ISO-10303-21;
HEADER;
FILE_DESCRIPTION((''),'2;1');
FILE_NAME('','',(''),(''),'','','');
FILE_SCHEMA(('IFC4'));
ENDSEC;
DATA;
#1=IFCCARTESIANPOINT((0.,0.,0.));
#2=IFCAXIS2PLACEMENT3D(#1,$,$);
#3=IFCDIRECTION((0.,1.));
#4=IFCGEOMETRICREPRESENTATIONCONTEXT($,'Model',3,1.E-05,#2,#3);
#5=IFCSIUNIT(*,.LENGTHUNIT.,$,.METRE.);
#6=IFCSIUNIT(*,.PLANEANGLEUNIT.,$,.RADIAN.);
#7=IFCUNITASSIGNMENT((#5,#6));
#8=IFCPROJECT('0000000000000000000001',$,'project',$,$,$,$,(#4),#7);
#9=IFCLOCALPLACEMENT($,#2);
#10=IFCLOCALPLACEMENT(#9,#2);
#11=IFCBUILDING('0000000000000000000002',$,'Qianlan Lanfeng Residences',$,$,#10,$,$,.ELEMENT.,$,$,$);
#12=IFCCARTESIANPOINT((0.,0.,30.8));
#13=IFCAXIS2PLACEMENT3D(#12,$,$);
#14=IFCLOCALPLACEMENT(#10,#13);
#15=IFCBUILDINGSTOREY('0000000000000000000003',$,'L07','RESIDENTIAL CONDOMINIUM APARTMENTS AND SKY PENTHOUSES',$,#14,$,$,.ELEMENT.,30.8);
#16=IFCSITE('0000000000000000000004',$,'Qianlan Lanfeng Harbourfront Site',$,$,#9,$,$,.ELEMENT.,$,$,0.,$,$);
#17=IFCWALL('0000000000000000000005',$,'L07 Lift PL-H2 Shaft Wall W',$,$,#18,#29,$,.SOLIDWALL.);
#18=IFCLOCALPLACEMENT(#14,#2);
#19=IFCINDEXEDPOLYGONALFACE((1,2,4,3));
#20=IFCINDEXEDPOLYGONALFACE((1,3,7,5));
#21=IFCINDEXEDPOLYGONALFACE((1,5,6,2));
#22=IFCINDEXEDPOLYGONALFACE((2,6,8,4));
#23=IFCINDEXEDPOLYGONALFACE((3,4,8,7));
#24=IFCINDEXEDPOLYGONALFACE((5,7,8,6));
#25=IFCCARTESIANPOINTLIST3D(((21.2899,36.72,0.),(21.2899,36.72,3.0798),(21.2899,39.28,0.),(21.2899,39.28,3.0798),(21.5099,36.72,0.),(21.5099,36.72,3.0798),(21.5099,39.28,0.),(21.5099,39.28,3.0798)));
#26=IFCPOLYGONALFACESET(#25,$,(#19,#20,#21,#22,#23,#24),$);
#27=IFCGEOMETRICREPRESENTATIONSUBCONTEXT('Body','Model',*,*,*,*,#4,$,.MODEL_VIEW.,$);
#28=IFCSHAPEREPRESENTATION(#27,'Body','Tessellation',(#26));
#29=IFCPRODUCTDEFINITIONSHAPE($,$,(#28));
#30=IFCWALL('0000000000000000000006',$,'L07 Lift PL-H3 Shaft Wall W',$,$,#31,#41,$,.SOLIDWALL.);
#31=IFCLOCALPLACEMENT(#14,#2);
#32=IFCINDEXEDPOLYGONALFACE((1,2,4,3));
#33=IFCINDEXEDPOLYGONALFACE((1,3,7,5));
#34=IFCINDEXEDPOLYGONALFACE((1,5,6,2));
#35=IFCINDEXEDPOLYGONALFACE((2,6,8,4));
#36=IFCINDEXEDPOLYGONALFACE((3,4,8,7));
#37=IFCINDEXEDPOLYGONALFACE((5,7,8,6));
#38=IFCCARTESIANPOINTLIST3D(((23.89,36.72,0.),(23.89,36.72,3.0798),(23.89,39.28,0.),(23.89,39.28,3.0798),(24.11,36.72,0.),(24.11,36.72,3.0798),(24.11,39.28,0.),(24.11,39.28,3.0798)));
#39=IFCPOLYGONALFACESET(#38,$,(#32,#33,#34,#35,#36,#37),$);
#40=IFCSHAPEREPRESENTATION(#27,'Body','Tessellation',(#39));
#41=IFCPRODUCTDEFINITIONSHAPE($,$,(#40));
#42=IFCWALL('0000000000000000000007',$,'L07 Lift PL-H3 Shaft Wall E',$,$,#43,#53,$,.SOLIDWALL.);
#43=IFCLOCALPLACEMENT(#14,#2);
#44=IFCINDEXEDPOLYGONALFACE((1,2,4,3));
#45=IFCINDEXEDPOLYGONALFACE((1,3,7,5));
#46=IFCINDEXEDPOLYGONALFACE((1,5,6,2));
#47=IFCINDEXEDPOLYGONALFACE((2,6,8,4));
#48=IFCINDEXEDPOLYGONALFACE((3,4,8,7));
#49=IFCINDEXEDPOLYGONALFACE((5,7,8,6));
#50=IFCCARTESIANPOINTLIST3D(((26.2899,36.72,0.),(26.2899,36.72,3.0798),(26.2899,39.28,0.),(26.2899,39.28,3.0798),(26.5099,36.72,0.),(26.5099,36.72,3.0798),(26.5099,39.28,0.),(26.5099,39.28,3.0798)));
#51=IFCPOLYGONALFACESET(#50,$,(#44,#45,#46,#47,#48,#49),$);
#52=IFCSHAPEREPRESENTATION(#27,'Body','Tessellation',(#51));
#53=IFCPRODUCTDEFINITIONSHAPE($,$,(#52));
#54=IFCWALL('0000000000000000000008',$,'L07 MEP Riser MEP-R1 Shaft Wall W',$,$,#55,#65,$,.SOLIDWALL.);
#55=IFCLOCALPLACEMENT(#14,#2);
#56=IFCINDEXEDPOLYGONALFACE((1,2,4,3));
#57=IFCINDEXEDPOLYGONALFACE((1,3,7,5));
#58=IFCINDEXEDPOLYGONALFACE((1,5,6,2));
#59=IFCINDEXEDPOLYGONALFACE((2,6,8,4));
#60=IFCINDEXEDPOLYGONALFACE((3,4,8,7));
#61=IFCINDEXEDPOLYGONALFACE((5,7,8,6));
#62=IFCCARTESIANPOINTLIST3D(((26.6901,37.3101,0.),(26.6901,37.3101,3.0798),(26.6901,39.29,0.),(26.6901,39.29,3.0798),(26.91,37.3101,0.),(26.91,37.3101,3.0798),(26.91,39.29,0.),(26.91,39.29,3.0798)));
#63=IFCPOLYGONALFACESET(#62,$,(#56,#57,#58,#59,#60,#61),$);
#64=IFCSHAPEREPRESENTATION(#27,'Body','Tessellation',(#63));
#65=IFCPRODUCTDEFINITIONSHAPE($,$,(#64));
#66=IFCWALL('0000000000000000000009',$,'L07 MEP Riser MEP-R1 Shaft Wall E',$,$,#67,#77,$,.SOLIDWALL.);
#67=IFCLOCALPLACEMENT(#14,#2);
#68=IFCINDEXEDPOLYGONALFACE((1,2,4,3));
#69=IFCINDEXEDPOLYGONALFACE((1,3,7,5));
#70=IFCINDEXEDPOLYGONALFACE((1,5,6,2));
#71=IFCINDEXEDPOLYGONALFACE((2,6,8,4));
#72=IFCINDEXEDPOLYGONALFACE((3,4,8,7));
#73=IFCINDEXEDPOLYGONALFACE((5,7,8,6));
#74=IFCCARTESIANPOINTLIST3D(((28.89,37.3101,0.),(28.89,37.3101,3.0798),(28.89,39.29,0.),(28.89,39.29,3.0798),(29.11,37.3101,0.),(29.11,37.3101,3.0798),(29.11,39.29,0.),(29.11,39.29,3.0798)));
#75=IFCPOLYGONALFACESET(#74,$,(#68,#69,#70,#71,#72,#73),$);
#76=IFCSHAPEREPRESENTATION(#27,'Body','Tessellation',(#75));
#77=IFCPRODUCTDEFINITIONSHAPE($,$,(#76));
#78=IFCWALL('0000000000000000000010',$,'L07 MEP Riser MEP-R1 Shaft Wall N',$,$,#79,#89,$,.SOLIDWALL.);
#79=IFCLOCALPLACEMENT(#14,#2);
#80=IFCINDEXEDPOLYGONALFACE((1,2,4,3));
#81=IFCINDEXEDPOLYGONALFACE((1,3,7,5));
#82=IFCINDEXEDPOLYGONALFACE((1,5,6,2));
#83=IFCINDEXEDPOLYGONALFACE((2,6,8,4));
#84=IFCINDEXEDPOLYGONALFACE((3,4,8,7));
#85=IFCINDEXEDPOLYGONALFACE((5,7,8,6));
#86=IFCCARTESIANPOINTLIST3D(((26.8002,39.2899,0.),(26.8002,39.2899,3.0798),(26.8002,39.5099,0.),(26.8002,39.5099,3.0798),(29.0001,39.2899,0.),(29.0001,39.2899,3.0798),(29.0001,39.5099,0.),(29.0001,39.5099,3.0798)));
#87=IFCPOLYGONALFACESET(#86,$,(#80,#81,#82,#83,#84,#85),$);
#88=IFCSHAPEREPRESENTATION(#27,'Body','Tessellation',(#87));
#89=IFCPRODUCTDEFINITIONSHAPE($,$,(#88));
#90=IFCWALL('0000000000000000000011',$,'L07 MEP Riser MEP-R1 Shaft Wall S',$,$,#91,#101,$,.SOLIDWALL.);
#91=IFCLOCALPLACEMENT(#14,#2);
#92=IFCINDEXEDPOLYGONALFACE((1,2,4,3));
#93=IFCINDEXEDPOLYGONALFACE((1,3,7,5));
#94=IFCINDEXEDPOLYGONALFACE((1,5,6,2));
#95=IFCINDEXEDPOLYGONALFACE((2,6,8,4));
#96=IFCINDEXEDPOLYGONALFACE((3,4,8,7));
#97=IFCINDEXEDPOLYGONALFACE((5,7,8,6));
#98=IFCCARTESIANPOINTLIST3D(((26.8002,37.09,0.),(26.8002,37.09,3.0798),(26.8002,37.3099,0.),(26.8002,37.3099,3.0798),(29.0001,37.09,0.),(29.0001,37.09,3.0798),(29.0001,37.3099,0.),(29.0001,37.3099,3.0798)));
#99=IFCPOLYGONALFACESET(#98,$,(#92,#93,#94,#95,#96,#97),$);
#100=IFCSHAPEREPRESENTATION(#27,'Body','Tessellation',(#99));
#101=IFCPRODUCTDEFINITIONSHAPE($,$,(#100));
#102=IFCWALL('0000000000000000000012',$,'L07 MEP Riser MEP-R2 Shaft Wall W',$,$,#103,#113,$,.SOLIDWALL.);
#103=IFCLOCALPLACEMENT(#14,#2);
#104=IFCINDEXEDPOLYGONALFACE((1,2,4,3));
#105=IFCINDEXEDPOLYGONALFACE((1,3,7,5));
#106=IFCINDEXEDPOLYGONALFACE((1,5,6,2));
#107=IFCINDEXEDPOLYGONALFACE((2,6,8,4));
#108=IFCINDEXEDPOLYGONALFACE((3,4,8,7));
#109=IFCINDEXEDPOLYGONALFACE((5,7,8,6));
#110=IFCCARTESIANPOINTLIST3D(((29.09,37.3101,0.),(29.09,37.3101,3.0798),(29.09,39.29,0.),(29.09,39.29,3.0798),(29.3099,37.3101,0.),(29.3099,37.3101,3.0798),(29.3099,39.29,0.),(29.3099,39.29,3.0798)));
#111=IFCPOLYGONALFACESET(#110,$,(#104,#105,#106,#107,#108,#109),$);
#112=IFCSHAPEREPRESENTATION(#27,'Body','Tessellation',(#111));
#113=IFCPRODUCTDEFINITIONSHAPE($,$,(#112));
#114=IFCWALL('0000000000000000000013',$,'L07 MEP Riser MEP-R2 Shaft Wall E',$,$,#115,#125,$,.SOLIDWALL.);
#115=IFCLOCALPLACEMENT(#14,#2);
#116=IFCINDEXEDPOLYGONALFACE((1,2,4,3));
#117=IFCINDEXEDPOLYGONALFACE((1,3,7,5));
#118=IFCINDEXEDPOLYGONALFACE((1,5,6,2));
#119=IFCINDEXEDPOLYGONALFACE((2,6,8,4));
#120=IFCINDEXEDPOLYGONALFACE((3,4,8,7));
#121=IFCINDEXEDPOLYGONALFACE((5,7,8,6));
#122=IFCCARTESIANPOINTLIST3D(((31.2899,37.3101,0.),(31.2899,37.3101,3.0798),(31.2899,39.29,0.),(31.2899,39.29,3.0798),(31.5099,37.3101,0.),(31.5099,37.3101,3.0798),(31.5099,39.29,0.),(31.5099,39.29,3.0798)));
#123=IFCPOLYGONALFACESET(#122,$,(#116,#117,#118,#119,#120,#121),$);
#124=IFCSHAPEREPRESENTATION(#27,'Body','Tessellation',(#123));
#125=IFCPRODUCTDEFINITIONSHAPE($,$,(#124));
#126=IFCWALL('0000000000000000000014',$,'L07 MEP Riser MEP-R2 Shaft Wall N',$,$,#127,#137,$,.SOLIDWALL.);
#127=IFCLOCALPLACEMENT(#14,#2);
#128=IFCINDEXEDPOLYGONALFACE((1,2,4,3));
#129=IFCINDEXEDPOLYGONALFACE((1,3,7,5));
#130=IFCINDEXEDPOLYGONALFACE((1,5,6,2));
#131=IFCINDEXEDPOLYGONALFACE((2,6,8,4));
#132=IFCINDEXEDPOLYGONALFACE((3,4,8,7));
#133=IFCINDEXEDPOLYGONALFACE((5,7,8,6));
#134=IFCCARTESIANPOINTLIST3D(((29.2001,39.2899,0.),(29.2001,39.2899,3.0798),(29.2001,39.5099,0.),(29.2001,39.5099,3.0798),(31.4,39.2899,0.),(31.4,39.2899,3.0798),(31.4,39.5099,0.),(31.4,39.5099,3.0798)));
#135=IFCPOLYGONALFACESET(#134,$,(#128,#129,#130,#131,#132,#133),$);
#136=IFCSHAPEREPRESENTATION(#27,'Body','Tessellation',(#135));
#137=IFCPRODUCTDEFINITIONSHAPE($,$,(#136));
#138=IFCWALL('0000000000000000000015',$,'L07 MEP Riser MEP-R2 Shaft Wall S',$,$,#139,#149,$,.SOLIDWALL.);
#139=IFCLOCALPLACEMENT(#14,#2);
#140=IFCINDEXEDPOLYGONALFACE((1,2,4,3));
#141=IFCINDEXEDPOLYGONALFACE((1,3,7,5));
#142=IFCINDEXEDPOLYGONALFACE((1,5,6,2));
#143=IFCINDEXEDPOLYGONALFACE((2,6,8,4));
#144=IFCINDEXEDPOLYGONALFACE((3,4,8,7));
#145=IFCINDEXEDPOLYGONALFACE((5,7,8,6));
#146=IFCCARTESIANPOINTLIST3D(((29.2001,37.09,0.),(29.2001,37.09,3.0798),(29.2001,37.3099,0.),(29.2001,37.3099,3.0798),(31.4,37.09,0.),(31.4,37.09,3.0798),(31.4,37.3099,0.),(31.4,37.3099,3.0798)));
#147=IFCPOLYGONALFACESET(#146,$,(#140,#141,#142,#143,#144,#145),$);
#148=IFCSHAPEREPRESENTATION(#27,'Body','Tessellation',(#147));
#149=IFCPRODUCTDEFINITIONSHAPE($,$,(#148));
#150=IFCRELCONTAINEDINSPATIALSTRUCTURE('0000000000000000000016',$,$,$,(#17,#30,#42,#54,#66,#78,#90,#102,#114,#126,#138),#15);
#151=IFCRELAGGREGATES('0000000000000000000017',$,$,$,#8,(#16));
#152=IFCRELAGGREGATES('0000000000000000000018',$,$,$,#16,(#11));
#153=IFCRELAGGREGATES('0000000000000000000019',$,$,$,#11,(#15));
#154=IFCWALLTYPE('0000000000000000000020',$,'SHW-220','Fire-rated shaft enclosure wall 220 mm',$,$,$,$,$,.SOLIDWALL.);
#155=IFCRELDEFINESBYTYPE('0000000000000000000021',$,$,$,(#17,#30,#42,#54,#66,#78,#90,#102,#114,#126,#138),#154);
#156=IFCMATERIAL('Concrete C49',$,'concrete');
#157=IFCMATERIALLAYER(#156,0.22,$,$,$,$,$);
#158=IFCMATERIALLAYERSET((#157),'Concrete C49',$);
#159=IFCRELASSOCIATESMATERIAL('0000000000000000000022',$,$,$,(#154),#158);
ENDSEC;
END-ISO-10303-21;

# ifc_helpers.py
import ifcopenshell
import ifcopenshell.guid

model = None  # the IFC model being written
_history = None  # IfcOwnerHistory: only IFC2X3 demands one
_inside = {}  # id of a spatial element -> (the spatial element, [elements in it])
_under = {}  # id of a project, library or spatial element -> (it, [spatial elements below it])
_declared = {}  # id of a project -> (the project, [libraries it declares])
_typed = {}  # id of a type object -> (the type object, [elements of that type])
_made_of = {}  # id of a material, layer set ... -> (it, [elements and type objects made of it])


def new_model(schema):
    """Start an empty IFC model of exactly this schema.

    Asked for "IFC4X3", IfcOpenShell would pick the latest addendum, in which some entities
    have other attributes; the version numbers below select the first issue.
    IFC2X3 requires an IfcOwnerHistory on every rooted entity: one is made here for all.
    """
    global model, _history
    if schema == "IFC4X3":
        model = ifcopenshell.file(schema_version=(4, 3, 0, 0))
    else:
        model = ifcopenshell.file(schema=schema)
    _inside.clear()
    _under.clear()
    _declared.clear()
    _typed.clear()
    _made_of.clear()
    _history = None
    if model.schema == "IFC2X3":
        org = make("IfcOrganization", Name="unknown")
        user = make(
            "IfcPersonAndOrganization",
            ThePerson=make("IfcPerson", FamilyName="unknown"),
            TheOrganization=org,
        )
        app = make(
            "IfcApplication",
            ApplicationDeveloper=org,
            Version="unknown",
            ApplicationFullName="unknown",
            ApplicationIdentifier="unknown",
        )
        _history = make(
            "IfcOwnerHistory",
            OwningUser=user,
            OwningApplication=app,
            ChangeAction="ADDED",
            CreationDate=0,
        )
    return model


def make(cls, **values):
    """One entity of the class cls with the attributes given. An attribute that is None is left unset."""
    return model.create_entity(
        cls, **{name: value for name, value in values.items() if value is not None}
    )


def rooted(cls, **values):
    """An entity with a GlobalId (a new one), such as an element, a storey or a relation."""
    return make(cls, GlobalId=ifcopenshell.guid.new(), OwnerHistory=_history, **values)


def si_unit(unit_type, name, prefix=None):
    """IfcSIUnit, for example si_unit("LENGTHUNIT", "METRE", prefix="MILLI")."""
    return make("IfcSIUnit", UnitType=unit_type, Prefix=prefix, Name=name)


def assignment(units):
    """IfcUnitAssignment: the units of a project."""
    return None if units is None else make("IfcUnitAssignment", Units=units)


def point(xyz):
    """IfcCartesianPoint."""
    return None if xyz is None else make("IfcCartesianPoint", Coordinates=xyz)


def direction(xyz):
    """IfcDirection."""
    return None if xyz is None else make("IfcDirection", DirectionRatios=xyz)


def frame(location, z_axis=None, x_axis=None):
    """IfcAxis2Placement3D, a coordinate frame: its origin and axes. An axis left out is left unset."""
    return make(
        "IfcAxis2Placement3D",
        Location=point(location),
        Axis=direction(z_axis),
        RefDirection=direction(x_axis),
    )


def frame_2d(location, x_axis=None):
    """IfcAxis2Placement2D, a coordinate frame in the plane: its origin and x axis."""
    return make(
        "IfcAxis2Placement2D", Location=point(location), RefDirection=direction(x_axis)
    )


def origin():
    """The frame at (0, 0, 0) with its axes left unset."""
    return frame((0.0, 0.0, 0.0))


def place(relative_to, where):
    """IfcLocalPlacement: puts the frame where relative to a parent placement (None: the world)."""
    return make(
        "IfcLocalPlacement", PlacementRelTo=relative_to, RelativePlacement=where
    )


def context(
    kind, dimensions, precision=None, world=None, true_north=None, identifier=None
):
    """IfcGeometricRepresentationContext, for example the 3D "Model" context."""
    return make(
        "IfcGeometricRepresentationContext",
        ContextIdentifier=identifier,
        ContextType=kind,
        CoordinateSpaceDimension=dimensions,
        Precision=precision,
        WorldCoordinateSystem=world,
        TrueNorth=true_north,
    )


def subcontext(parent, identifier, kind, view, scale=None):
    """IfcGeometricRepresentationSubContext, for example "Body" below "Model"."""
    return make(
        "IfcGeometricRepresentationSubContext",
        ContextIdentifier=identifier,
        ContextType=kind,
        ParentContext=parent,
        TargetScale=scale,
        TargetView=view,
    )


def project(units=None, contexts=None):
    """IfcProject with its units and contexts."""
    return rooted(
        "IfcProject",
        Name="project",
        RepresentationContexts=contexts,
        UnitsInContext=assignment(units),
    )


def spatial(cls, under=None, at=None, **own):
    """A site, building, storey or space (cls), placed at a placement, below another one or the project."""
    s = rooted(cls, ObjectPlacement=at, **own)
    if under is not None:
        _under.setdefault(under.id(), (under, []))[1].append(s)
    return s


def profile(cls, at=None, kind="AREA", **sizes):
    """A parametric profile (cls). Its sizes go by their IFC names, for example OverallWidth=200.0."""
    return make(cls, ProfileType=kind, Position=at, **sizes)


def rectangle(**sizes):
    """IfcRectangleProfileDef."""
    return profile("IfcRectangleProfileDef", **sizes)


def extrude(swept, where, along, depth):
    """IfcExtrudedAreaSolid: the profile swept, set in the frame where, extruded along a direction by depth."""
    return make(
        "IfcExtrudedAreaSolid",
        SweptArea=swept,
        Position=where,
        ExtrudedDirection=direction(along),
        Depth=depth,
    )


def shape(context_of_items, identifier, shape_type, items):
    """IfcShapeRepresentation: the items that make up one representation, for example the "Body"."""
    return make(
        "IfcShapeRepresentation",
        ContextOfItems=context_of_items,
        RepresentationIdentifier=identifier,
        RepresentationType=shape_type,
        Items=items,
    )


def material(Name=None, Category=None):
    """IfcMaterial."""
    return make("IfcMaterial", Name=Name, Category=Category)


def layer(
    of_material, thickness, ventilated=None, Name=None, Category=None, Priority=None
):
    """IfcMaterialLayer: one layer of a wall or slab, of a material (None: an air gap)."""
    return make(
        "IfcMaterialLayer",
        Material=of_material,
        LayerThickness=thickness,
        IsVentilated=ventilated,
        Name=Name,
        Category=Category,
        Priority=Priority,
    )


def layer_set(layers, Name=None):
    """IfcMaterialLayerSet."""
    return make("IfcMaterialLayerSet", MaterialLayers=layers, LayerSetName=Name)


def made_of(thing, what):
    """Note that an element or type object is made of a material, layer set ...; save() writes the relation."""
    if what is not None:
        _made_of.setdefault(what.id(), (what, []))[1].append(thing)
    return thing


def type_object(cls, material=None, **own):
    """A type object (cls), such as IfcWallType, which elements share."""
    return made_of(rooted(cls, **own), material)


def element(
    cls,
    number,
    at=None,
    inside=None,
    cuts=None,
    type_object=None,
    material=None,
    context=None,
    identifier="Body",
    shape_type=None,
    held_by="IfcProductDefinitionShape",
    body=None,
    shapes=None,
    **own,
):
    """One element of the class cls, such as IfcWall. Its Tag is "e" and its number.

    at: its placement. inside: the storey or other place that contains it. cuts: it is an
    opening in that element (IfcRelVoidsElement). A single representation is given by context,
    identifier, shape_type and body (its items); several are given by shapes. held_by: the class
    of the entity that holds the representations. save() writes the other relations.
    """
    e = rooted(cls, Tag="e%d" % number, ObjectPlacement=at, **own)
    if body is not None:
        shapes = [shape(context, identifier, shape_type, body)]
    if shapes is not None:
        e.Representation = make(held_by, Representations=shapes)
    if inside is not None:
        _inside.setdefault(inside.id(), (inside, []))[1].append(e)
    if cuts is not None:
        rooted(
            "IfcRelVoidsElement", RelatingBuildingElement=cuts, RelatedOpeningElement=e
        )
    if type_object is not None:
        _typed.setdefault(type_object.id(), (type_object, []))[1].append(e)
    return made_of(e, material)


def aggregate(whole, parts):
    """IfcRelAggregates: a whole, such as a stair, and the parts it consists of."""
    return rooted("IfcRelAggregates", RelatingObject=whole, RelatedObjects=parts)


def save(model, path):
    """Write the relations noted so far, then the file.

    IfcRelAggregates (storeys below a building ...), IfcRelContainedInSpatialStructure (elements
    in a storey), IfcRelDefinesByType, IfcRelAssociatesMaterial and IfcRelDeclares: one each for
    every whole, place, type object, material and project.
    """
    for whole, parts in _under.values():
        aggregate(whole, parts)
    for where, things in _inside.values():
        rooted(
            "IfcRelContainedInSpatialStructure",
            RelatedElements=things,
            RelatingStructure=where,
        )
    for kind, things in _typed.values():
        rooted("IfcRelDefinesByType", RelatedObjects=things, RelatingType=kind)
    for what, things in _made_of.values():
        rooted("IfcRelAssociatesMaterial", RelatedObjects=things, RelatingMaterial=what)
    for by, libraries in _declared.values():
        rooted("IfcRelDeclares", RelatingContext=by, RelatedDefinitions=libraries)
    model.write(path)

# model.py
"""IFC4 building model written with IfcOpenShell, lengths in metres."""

from ifc_helpers import new_model, si_unit, direction, frame, frame_2d, origin, place, context, subcontext, project, spatial, rectangle, extrude, material, layer, layer_set, type_object, element, save


model = new_model("IFC4")

# Units and contexts
model_context = context("Model", 3, precision=1e-05, world=origin(), true_north=direction((0.0, 1.0)))
body_context = subcontext(model_context, "Body", "Model", "MODEL_VIEW")
ifc_project = project(units=[si_unit("LENGTHUNIT", "METRE"), si_unit("PLANEANGLEUNIT", "RADIAN")], contexts=[model_context])

# Site, building, storey
site_placement = place(None, origin())
site = spatial("IfcSite", under=ifc_project, at=site_placement, Name="Qianlan Lanfeng Harbourfront Site", CompositionType="ELEMENT", RefElevation=0.0)
building_placement = place(site_placement, origin())
building = spatial("IfcBuilding", under=site, at=building_placement, Name="Qianlan Lanfeng Residences", CompositionType="ELEMENT")
storey_placement = place(building_placement, frame((0.0, 0.0, 30.8)))
storey = spatial("IfcBuildingStorey", under=building, at=storey_placement, Name="L07", Description="RESIDENTIAL CONDOMINIUM APARTMENTS AND SKY PENTHOUSES", CompositionType="ELEMENT", Elevation=30.8)

# Walls
ifc_material_1 = material(Name="Concrete C49", Category="concrete")
ifc_layer_1 = layer(ifc_material_1, 0.22)
ifc_layer_set_1 = layer_set([ifc_layer_1], Name="Concrete C49")
wall_type_1 = type_object("IfcWallType", Name="SHW-220", Description="Fire-rated shaft enclosure wall 220 mm", PredefinedType="SOLIDWALL", material=ifc_layer_set_1)
for number, where, z_axis, x_axis, name in (
    (1, (21.3999, 36.72, 0.0), (0.0, 0.0, 1.0), (0.0, 1.0, 0.0), "L07 Lift PL-H2 Shaft Wall W"),
    (2, (24.0, 36.72, 0.0), (0.0, 0.0, 1.0), (0.0, 1.0, 0.0), "L07 Lift PL-H3 Shaft Wall W"),
    (3, (26.3999, 36.72, 0.0), (0.0, 0.0, 1.0), (0.0, 1.0, 0.0), "L07 Lift PL-H3 Shaft Wall E"),
):
    element("IfcWall", number, at=place(storey_placement, frame(where, z_axis=z_axis, x_axis=x_axis)), inside=storey, type_object=wall_type_1, Name=name, PredefinedType="SOLIDWALL", context=body_context, shape_type="SweptSolid", body=[
        extrude(rectangle(XDim=2.5601, YDim=0.22, at=frame_2d((1.28, 0.0))), origin(), (0.0, 0.0, 1.0), 3.0798),
    ])
for number, where, z_axis, x_axis, name in (
    (4, (26.8, 37.3101, 0.0), (0.0, 0.0, 1.0), (0.0, 1.0, 0.0), "L07 MEP Riser MEP-R1 Shaft Wall W"),
    (5, (29.0, 37.3101, 0.0), (0.0, 0.0, 1.0), (0.0, 1.0, 0.0), "L07 MEP Riser MEP-R1 Shaft Wall E"),
):
    element("IfcWall", number, at=place(storey_placement, frame(where, z_axis=z_axis, x_axis=x_axis)), inside=storey, type_object=wall_type_1, Name=name, PredefinedType="SOLIDWALL", context=body_context, shape_type="SweptSolid", body=[
        extrude(rectangle(XDim=1.98, YDim=0.22, at=frame_2d((0.99, 0.0))), origin(), (0.0, 0.0, 1.0), 3.0798),
    ])
for number, where, z_axis, x_axis, name in (
    (6, (26.8, 39.3999, 0.0), (0.0, 0.0, 1.0), (1.0, 0.0, 0.0), "L07 MEP Riser MEP-R1 Shaft Wall N"),
    (7, (26.8, 37.2, 0.0), (0.0, 0.0, 1.0), (1.0, 0.0, 0.0), "L07 MEP Riser MEP-R1 Shaft Wall S"),
):
    element("IfcWall", number, at=place(storey_placement, frame(where, z_axis=z_axis, x_axis=x_axis)), inside=storey, type_object=wall_type_1, Name=name, PredefinedType="SOLIDWALL", context=body_context, shape_type="SweptSolid", body=[
        extrude(rectangle(XDim=2.2, YDim=0.22, at=frame_2d((1.1001, 0.0))), origin(), (0.0, 0.0, 1.0), 3.0798),
    ])
for number, where, z_axis, x_axis, name in (
    (8, (29.2, 37.3101, 0.0), (0.0, 0.0, 1.0), (0.0, 1.0, 0.0), "L07 MEP Riser MEP-R2 Shaft Wall W"),
    (9, (31.3999, 37.3101, 0.0), (0.0, 0.0, 1.0), (0.0, 1.0, 0.0), "L07 MEP Riser MEP-R2 Shaft Wall E"),
):
    element("IfcWall", number, at=place(storey_placement, frame(where, z_axis=z_axis, x_axis=x_axis)), inside=storey, type_object=wall_type_1, Name=name, PredefinedType="SOLIDWALL", context=body_context, shape_type="SweptSolid", body=[
        extrude(rectangle(XDim=1.98, YDim=0.22, at=frame_2d((0.99, 0.0))), origin(), (0.0, 0.0, 1.0), 3.0798),
    ])
for number, where, z_axis, x_axis, name in (
    (10, (29.2, 39.3999, 0.0), (0.0, 0.0, 1.0), (1.0, 0.0, 0.0), "L07 MEP Riser MEP-R2 Shaft Wall N"),
    (11, (29.2, 37.2, 0.0), (0.0, 0.0, 1.0), (1.0, 0.0, 0.0), "L07 MEP Riser MEP-R2 Shaft Wall S"),
):
    element("IfcWall", number, at=place(storey_placement, frame(where, z_axis=z_axis, x_axis=x_axis)), inside=storey, type_object=wall_type_1, Name=name, PredefinedType="SOLIDWALL", context=body_context, shape_type="SweptSolid", body=[
        extrude(rectangle(XDim=2.2, YDim=0.22, at=frame_2d((1.1001, 0.0))), origin(), (0.0, 0.0, 1.0), 3.0798),
    ])

save(model, "model.ifc")
